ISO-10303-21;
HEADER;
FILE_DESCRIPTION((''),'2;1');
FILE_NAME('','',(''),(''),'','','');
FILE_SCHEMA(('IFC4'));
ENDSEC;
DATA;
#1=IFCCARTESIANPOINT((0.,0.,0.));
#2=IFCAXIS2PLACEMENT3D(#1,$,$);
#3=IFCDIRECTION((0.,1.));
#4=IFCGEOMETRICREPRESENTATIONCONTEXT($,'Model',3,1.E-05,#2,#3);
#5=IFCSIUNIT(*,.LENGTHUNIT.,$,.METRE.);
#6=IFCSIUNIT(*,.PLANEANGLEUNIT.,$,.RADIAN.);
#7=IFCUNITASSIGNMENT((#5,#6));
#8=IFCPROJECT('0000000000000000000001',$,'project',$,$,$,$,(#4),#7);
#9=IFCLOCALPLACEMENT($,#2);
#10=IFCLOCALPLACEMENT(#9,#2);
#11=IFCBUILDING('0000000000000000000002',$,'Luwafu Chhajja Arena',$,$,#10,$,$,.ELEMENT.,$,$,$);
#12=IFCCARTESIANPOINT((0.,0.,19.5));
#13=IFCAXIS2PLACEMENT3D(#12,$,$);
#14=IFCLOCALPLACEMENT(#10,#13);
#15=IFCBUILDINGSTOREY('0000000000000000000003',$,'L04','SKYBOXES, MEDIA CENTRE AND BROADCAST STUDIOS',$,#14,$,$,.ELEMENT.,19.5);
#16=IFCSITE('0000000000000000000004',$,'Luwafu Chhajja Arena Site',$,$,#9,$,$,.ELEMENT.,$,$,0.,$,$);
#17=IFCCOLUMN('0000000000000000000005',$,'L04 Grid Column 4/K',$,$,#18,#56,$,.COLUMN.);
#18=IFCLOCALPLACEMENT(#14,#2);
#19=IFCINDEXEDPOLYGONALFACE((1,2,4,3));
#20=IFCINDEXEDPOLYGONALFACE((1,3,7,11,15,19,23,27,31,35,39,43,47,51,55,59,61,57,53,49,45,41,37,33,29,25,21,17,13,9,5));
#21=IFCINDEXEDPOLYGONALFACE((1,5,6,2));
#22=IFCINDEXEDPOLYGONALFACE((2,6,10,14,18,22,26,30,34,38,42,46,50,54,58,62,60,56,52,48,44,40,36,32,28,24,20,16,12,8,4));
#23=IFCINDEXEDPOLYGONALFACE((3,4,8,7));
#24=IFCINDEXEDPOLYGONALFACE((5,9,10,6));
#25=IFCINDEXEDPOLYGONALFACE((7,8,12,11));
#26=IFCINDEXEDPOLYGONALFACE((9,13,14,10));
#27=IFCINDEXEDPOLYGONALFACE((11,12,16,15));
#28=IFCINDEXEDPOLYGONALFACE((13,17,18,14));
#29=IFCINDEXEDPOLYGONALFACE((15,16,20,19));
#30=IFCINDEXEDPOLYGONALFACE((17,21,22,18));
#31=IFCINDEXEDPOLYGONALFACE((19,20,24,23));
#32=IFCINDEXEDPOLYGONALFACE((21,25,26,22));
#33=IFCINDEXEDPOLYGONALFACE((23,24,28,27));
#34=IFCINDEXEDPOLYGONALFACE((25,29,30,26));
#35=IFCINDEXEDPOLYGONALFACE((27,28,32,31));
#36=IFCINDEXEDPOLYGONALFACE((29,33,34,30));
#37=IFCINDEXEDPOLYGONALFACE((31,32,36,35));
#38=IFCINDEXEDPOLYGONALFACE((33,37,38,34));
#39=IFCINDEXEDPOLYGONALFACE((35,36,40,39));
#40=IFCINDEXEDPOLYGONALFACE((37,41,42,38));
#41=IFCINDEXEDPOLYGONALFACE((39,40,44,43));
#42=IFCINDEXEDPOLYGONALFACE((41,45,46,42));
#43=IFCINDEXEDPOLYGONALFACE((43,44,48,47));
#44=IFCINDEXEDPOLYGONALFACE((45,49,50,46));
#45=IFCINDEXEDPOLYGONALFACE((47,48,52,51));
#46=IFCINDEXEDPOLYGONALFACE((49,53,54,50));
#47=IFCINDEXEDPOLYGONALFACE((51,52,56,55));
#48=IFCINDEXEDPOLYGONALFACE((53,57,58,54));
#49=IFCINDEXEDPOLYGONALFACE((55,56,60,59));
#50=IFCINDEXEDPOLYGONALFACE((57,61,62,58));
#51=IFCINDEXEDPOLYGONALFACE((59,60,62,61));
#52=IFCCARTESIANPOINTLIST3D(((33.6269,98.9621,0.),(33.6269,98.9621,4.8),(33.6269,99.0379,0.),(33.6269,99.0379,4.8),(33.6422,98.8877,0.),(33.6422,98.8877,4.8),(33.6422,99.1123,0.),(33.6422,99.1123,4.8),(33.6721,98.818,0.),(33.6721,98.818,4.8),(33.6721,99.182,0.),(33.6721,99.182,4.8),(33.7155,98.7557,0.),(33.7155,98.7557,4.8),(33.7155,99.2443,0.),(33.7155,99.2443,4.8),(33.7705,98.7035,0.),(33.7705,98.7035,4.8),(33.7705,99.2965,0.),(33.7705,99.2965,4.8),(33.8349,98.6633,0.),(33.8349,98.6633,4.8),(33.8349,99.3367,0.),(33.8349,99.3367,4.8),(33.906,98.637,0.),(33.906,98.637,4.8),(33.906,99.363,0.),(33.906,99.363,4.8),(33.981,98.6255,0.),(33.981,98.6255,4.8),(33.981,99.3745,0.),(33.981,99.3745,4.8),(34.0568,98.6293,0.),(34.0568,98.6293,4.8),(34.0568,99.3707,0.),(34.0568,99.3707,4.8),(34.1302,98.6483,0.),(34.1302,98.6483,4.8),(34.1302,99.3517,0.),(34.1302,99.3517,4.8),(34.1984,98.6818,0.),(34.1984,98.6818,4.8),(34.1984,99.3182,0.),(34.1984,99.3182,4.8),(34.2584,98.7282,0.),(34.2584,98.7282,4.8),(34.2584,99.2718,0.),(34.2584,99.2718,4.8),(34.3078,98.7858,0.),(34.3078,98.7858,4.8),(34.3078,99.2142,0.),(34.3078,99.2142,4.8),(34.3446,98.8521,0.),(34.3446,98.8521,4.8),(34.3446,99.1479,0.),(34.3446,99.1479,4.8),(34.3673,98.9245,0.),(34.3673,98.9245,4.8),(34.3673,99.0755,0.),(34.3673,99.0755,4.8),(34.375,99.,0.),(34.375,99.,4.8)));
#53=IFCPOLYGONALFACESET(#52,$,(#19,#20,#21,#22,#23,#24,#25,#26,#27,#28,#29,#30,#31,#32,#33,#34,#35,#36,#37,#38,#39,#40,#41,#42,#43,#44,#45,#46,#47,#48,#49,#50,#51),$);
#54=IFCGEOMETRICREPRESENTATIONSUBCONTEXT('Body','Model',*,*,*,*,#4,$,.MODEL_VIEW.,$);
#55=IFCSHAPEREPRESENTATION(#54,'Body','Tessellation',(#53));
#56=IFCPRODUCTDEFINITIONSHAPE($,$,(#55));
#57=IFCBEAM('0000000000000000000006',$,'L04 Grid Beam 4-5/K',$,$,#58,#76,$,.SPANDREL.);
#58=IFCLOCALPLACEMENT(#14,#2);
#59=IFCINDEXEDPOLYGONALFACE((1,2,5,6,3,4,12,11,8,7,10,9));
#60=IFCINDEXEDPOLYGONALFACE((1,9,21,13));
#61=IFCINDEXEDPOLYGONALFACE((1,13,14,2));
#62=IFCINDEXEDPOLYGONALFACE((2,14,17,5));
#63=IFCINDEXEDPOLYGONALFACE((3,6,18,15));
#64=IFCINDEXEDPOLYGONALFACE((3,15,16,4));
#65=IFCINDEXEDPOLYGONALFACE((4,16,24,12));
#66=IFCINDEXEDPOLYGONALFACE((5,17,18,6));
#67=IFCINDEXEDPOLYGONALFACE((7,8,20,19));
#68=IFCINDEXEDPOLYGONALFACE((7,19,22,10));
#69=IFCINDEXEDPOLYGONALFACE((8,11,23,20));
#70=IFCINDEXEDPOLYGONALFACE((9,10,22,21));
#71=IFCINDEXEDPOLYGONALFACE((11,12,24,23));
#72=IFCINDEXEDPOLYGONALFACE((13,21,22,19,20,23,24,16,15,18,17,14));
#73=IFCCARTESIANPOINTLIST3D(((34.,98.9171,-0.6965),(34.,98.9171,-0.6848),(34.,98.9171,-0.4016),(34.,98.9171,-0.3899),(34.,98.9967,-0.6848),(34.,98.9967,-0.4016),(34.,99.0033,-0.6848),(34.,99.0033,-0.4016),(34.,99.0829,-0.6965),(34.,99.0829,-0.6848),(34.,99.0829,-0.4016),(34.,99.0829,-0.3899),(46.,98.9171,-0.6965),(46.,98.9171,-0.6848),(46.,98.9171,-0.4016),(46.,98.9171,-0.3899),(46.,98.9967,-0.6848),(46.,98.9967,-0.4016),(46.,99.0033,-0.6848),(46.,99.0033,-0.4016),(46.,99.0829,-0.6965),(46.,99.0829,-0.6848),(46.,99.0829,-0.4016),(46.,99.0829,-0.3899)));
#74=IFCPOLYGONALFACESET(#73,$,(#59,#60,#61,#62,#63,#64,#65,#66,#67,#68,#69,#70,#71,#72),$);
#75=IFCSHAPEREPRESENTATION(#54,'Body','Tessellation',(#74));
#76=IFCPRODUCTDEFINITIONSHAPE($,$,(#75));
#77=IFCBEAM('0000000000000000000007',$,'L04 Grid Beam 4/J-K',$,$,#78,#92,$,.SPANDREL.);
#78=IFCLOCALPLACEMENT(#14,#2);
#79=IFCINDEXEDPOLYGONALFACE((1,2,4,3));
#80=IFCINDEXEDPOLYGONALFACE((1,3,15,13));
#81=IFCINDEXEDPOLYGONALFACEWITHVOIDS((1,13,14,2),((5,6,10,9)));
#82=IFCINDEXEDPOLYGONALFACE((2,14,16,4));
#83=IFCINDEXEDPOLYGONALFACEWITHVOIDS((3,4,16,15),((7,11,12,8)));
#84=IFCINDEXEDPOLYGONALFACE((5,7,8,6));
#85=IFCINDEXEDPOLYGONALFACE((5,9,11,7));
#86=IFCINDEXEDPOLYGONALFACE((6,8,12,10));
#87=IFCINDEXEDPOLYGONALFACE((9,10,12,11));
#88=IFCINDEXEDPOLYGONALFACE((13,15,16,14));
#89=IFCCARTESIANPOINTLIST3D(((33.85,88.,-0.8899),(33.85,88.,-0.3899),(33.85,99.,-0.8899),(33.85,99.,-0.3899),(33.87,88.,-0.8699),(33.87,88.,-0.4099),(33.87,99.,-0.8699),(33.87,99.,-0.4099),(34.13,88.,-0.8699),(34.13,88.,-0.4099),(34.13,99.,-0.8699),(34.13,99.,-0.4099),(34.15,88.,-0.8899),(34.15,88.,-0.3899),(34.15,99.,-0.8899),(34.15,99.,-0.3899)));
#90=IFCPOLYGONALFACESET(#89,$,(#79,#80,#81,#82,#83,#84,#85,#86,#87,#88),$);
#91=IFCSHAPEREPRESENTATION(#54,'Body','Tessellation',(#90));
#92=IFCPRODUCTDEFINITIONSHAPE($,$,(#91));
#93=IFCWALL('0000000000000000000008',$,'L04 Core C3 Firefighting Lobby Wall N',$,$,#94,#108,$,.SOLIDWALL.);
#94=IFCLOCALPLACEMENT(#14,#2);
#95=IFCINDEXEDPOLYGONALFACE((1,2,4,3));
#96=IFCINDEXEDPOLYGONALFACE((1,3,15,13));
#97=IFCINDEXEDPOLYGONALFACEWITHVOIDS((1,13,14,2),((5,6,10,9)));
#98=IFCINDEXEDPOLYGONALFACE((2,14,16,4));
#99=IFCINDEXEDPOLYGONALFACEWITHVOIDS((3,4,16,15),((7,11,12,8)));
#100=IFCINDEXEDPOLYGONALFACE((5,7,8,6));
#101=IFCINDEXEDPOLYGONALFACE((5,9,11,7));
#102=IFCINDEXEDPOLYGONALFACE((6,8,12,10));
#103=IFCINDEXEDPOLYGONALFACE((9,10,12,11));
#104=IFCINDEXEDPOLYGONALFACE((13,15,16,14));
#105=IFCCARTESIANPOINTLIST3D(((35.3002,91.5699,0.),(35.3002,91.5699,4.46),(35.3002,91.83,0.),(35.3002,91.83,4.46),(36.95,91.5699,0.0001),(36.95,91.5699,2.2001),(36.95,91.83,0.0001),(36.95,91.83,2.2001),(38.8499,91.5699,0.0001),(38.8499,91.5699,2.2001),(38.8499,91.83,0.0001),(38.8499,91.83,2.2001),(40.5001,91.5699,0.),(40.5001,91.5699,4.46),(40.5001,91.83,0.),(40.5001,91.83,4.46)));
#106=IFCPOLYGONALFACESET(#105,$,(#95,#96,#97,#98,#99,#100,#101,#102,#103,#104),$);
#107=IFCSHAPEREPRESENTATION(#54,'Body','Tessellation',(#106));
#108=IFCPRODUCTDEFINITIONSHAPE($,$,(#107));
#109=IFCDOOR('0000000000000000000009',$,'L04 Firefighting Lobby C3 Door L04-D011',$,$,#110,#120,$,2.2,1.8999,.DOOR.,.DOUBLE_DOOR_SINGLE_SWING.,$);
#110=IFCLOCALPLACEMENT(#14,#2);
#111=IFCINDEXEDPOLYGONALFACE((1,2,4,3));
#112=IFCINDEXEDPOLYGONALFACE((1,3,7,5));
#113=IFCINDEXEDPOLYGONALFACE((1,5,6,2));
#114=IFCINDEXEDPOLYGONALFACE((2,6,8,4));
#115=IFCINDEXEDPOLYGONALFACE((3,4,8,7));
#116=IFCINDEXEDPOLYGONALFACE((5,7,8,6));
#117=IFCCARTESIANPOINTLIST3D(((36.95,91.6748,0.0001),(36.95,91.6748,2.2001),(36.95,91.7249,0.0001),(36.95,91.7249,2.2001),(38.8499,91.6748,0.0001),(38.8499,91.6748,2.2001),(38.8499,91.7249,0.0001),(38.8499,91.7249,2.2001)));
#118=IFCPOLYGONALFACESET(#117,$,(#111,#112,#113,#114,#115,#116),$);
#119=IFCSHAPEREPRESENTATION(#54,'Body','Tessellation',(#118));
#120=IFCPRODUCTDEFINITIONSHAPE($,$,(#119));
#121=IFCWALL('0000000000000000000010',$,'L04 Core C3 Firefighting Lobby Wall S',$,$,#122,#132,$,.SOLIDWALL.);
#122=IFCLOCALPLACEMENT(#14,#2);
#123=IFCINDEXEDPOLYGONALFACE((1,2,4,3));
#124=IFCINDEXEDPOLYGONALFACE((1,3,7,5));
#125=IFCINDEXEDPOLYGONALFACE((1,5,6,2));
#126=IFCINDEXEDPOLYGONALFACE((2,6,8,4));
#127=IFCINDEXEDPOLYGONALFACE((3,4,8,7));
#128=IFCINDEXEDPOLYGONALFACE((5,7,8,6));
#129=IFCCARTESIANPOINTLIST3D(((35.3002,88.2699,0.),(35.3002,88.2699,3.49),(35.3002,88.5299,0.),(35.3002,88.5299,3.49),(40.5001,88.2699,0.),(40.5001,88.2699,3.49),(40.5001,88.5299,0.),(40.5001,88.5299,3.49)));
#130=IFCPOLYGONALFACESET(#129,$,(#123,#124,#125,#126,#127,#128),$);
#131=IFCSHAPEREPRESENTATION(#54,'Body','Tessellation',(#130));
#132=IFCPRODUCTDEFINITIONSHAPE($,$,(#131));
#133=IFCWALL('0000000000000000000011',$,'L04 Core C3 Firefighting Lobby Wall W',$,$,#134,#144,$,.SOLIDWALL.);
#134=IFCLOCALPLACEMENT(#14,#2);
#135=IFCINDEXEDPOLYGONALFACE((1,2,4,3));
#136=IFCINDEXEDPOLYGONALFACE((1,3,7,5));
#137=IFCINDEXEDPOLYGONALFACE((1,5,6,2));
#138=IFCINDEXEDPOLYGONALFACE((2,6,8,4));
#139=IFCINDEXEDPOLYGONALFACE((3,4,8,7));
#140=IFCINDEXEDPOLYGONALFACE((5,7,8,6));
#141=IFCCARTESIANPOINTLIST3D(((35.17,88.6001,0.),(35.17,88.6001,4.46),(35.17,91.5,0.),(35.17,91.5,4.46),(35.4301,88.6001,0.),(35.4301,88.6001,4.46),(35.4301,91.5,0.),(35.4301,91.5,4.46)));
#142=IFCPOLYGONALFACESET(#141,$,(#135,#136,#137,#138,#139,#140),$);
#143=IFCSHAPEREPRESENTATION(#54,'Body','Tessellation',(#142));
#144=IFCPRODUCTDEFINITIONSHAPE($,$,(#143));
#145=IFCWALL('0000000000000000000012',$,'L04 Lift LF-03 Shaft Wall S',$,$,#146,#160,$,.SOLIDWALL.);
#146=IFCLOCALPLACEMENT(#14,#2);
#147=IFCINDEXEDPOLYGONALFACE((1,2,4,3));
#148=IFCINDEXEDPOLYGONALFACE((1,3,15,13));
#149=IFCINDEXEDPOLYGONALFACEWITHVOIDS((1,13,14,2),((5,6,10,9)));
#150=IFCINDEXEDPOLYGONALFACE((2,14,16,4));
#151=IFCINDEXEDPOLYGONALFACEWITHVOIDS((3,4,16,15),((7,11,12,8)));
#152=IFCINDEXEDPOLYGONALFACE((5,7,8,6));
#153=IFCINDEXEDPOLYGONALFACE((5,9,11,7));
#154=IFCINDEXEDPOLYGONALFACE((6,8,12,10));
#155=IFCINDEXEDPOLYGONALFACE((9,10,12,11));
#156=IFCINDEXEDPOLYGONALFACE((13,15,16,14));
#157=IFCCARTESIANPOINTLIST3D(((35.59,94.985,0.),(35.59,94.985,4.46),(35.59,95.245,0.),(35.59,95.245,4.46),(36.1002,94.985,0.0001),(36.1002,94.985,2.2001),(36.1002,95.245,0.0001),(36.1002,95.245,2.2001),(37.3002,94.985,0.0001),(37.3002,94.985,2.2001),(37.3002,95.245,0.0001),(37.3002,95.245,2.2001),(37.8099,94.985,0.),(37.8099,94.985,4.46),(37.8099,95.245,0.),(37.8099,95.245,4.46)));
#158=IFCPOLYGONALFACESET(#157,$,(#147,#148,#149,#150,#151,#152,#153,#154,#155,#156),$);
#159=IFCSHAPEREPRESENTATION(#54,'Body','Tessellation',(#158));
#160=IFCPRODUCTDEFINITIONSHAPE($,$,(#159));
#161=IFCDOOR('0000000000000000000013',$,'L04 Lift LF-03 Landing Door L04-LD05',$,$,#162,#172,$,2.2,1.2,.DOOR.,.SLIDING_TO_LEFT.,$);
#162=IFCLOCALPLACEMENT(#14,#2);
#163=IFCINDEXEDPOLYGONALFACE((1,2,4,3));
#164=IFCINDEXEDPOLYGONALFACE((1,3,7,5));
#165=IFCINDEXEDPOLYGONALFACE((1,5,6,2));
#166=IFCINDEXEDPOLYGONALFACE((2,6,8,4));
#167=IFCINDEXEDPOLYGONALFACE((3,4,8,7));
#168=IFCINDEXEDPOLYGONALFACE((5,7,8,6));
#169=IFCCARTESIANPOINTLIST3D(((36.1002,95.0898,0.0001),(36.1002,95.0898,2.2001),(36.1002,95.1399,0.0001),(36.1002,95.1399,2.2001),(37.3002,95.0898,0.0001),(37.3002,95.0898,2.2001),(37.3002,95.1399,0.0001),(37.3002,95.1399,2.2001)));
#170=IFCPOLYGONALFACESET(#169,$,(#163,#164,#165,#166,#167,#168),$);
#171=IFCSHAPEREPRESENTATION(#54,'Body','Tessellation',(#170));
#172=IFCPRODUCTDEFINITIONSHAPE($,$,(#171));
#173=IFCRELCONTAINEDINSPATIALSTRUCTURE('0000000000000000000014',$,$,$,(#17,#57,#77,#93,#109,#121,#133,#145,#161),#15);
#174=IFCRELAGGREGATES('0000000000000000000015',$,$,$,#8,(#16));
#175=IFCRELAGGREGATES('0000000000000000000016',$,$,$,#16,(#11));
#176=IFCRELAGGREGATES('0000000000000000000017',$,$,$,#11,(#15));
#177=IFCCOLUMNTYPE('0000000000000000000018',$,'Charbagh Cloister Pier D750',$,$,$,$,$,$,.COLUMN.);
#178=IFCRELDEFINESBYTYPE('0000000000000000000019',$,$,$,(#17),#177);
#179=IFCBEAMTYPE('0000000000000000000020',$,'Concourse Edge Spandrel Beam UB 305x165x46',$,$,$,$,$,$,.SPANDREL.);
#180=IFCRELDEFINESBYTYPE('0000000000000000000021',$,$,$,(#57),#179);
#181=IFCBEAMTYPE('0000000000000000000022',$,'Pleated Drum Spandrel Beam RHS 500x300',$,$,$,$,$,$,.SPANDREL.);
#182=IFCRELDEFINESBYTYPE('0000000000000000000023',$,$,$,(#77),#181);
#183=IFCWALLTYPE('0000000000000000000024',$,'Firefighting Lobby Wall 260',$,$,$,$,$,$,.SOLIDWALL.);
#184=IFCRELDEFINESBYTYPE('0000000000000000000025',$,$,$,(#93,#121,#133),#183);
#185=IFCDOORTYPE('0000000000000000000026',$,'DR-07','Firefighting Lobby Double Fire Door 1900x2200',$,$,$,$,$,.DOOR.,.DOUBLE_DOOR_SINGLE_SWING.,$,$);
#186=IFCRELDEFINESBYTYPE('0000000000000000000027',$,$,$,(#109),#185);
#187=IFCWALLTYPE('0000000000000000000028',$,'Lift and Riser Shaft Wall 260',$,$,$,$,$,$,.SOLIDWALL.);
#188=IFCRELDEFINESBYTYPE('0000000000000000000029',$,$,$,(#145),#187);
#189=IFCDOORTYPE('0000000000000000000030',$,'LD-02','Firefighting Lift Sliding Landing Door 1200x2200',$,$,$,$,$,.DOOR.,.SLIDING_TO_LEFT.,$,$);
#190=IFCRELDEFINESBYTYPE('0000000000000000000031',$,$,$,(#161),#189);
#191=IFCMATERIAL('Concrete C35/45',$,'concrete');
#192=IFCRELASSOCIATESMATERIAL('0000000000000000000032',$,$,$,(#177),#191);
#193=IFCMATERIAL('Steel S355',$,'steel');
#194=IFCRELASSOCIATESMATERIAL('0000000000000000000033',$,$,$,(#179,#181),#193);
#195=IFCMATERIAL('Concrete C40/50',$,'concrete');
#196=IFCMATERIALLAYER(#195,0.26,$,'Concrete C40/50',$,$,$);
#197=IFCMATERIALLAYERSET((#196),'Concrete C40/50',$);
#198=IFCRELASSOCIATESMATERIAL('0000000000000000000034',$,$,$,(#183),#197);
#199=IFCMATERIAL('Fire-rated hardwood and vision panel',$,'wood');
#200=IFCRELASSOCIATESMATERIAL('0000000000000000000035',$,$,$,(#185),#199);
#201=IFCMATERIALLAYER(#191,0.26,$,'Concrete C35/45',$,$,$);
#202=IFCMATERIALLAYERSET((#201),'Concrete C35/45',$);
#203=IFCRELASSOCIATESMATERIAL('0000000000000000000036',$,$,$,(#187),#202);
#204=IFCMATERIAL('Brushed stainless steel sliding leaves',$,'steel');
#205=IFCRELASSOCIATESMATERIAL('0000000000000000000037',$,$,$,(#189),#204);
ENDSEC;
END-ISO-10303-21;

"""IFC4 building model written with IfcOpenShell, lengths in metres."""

from ifc_helpers import new_model, si_unit, direction, frame, frame_2d, origin, origin_2d, place, context, subcontext, project, spatial, rectangle, hollow_rectangle, circle, i_section, extrude, material, layer, layer_set, material_profile, profile_set, type_object, element, fill, save


model = new_model("IFC4")

# Units and contexts
model_context = context("Model", 3, precision=1e-05, world=origin(), true_north=direction((0.0, 1.0)))
body_context = subcontext(model_context, "Body", "Model", "MODEL_VIEW")
ifc_project = project(units=[si_unit("LENGTHUNIT", "METRE"), si_unit("PLANEANGLEUNIT", "RADIAN")], contexts=[model_context])

# Site, building, storey
site_placement = place(None, origin())
site = spatial("IfcSite", under=ifc_project, at=site_placement, Name="Luwafu Chhajja Arena Site", CompositionType="ELEMENT", RefElevation=0.0)
building_placement = place(site_placement, origin())
building = spatial("IfcBuilding", under=site, at=building_placement, Name="Luwafu Chhajja Arena", CompositionType="ELEMENT")
storey_placement = place(building_placement, frame((0.0, 0.0, 19.5)))
storey = spatial("IfcBuildingStorey", under=building, at=storey_placement, Name="L04", Description="SKYBOXES, MEDIA CENTRE AND BROADCAST STUDIOS", CompositionType="ELEMENT", Elevation=19.5)

# Column
ifc_material_1 = material(Name="Concrete C35/45", Category="concrete")
ifc_material_profile_1 = material_profile(ifc_material_1, circle(Radius=0.375, at=origin_2d()), Name="RC COL D750")
ifc_profile_set_1 = profile_set([ifc_material_profile_1], Name="Concrete C35/45")
column_type = type_object("IfcColumnType", Name="Charbagh Cloister Pier D750", PredefinedType="COLUMN", material=ifc_profile_set_1)
column_placement = place(storey_placement, frame((34.0, 99.0, 0.0), z_axis=(0.0, 0.0, 1.0), x_axis=(1.0, 0.0, 0.0)))
element("IfcColumn", 1, at=column_placement, inside=storey, type_object=column_type, Name="L04 Grid Column 4/K", PredefinedType="COLUMN", context=body_context, shape_type="SweptSolid", body=[
    extrude(circle(Radius=0.375, at=origin_2d()), origin(), (0.0, 0.0, 1.0), 4.8),
])

# Beams
ifc_material_2 = material(Name="Steel S355", Category="steel")
ifc_material_profile_2 = material_profile(ifc_material_2, i_section(OverallWidth=0.1658, OverallDepth=0.3066, WebThickness=0.0066, FlangeThickness=0.0117, at=origin_2d()), Name="UB 305x165x46")
ifc_profile_set_2 = profile_set([ifc_material_profile_2], Name="Steel S355")
beam_type_1 = type_object("IfcBeamType", Name="Concourse Edge Spandrel Beam UB 305x165x46", PredefinedType="SPANDREL", material=ifc_profile_set_2)
beam_1_placement = place(storey_placement, frame((34.0, 99.0, -0.5432), z_axis=(1.0, 0.0, 0.0), x_axis=(0.0, 1.0, 0.0)))
element("IfcBeam", 2, at=beam_1_placement, inside=storey, type_object=beam_type_1, Name="L04 Grid Beam 4-5/K", PredefinedType="SPANDREL", context=body_context, shape_type="SweptSolid", body=[
    extrude(i_section(OverallWidth=0.1658, OverallDepth=0.3066, WebThickness=0.0066, FlangeThickness=0.0117, at=origin_2d()), origin(), (0.0, 0.0, 1.0), 12.0),
])
ifc_material_profile_3 = material_profile(ifc_material_2, hollow_rectangle(XDim=0.3, YDim=0.5, WallThickness=0.02, at=origin_2d()), Name="RHS 500x300x20")
ifc_profile_set_3 = profile_set([ifc_material_profile_3], Name="Steel S355")
beam_type_2 = type_object("IfcBeamType", Name="Pleated Drum Spandrel Beam RHS 500x300", PredefinedType="SPANDREL", material=ifc_profile_set_3)
beam_2_placement = place(storey_placement, frame((34.0, 88.0, -0.6399), z_axis=(0.0, 1.0, 0.0), x_axis=(-1.0, 0.0, 0.0)))
element("IfcBeam", 3, at=beam_2_placement, inside=storey, type_object=beam_type_2, Name="L04 Grid Beam 4/J-K", PredefinedType="SPANDREL", context=body_context, shape_type="SweptSolid", body=[
    extrude(hollow_rectangle(XDim=0.3, YDim=0.5, WallThickness=0.02, at=origin_2d()), origin(), (0.0, 0.0, 1.0), 11.0),
])

# Wall, opening, door
ifc_material_3 = material(Name="Concrete C40/50", Category="concrete")
ifc_layer_1 = layer(ifc_material_3, 0.26, Name="Concrete C40/50")
ifc_layer_set_1 = layer_set([ifc_layer_1], Name="Concrete C40/50")
wall_type_1 = type_object("IfcWallType", Name="Firefighting Lobby Wall 260", PredefinedType="SOLIDWALL", material=ifc_layer_set_1)
wall_1_placement = place(storey_placement, frame((35.3, 91.7, 0.0), z_axis=(0.0, 0.0, 1.0), x_axis=(1.0, 0.0, 0.0)))
wall_1 = element("IfcWall", 4, at=wall_1_placement, inside=storey, type_object=wall_type_1, Name="L04 Core C3 Firefighting Lobby Wall N", PredefinedType="SOLIDWALL", context=body_context, shape_type="SweptSolid", body=[
    extrude(rectangle(XDim=5.2, YDim=0.26, at=frame_2d((2.6001, 0.0))), origin(), (0.0, 0.0, 1.0), 4.46),
])
opening_1_placement = place(wall_1_placement, frame((1.6499, 0.0, 0.0)))
opening_1 = element("IfcOpeningElement", 5, at=opening_1_placement, cuts=wall_1, PredefinedType="OPENING", context=body_context, shape_type="SweptSolid", body=[
    extrude(rectangle(XDim=1.8999, YDim=2.2, at=frame_2d((0.95, 1.1001))), frame((0.0, 0.1399, 0.0), z_axis=(0.0, -1.0, 0.0), x_axis=(1.0, 0.0, 0.0)), (0.0, 0.0, 1.0), 0.28),
])
ifc_material_4 = material(Name="Fire-rated hardwood and vision panel", Category="wood")
door_type_1 = type_object("IfcDoorType", Name="DR-07", Description="Firefighting Lobby Double Fire Door 1900x2200", OperationType="DOUBLE_DOOR_SINGLE_SWING", PredefinedType="DOOR", material=ifc_material_4)
door_1_placement = place(opening_1_placement, origin())
door_1 = element("IfcDoor", 6, at=door_1_placement, inside=storey, type_object=door_type_1, Name="L04 Firefighting Lobby C3 Door L04-D011", OperationType="DOUBLE_DOOR_SINGLE_SWING", OverallHeight=2.2, OverallWidth=1.8999, PredefinedType="DOOR", context=body_context, shape_type="SweptSolid", body=[
    extrude(rectangle(XDim=1.8999, YDim=2.2, at=frame_2d((0.95, 1.1001))), frame((0.0, 0.0249, 0.0), z_axis=(0.0, -1.0, 0.0), x_axis=(1.0, 0.0, 0.0)), (0.0, 0.0, 1.0), 0.05),
])
fill(opening_1, door_1)

# Walls
wall_2_placement = place(storey_placement, frame((35.3, 88.3999, 0.0), z_axis=(0.0, 0.0, 1.0), x_axis=(1.0, 0.0, 0.0)))
element("IfcWall", 7, at=wall_2_placement, inside=storey, type_object=wall_type_1, Name="L04 Core C3 Firefighting Lobby Wall S", PredefinedType="SOLIDWALL", context=body_context, shape_type="SweptSolid", body=[
    extrude(rectangle(XDim=5.2, YDim=0.26, at=frame_2d((2.6001, 0.0))), origin(), (0.0, 0.0, 1.0), 3.49),
])
wall_3_placement = place(storey_placement, frame((35.3, 88.6001, 0.0), z_axis=(0.0, 0.0, 1.0), x_axis=(0.0, 1.0, 0.0)))
element("IfcWall", 8, at=wall_3_placement, inside=storey, type_object=wall_type_1, Name="L04 Core C3 Firefighting Lobby Wall W", PredefinedType="SOLIDWALL", context=body_context, shape_type="SweptSolid", body=[
    extrude(rectangle(XDim=2.8999, YDim=0.26, at=frame_2d((1.45, 0.0))), origin(), (0.0, 0.0, 1.0), 4.46),
])

# Wall, opening, door
ifc_layer_2 = layer(ifc_material_1, 0.26, Name="Concrete C35/45")
ifc_layer_set_2 = layer_set([ifc_layer_2], Name="Concrete C35/45")
wall_type_2 = type_object("IfcWallType", Name="Lift and Riser Shaft Wall 260", PredefinedType="SOLIDWALL", material=ifc_layer_set_2)
wall_4_placement = place(storey_placement, frame((35.5901, 95.115, 0.0), z_axis=(0.0, 0.0, 1.0), x_axis=(1.0, 0.0, 0.0)))
wall_4 = element("IfcWall", 9, at=wall_4_placement, inside=storey, type_object=wall_type_2, Name="L04 Lift LF-03 Shaft Wall S", PredefinedType="SOLIDWALL", context=body_context, shape_type="SweptSolid", body=[
    extrude(rectangle(XDim=2.22, YDim=0.26, at=frame_2d((1.1099, 0.0))), origin(), (0.0, 0.0, 1.0), 4.46),
])
opening_2_placement = place(wall_4_placement, frame((0.51, 0.0, 0.0)))
opening_2 = element("IfcOpeningElement", 10, at=opening_2_placement, cuts=wall_4, PredefinedType="OPENING", context=body_context, shape_type="SweptSolid", body=[
    extrude(rectangle(XDim=1.2, YDim=2.2, at=frame_2d((0.6001, 1.1001))), frame((0.0, 0.1399, 0.0), z_axis=(0.0, -1.0, 0.0), x_axis=(1.0, 0.0, 0.0)), (0.0, 0.0, 1.0), 0.28),
])
ifc_material_5 = material(Name="Brushed stainless steel sliding leaves", Category="steel")
door_type_2 = type_object("IfcDoorType", Name="LD-02", Description="Firefighting Lift Sliding Landing Door 1200x2200", OperationType="SLIDING_TO_LEFT", PredefinedType="DOOR", material=ifc_material_5)
door_2_placement = place(opening_2_placement, origin())
door_2 = element("IfcDoor", 11, at=door_2_placement, inside=storey, type_object=door_type_2, Name="L04 Lift LF-03 Landing Door L04-LD05", OperationType="SLIDING_TO_LEFT", OverallHeight=2.2, OverallWidth=1.2, PredefinedType="DOOR", context=body_context, shape_type="SweptSolid", body=[
    extrude(rectangle(XDim=1.2, YDim=2.2, at=frame_2d((0.6001, 1.1001))), frame((0.0, 0.0249, 0.0), z_axis=(0.0, -1.0, 0.0), x_axis=(1.0, 0.0, 0.0)), (0.0, 0.0, 1.0), 0.05),
])
fill(opening_2, door_2)

save(model, "model.ifc")
